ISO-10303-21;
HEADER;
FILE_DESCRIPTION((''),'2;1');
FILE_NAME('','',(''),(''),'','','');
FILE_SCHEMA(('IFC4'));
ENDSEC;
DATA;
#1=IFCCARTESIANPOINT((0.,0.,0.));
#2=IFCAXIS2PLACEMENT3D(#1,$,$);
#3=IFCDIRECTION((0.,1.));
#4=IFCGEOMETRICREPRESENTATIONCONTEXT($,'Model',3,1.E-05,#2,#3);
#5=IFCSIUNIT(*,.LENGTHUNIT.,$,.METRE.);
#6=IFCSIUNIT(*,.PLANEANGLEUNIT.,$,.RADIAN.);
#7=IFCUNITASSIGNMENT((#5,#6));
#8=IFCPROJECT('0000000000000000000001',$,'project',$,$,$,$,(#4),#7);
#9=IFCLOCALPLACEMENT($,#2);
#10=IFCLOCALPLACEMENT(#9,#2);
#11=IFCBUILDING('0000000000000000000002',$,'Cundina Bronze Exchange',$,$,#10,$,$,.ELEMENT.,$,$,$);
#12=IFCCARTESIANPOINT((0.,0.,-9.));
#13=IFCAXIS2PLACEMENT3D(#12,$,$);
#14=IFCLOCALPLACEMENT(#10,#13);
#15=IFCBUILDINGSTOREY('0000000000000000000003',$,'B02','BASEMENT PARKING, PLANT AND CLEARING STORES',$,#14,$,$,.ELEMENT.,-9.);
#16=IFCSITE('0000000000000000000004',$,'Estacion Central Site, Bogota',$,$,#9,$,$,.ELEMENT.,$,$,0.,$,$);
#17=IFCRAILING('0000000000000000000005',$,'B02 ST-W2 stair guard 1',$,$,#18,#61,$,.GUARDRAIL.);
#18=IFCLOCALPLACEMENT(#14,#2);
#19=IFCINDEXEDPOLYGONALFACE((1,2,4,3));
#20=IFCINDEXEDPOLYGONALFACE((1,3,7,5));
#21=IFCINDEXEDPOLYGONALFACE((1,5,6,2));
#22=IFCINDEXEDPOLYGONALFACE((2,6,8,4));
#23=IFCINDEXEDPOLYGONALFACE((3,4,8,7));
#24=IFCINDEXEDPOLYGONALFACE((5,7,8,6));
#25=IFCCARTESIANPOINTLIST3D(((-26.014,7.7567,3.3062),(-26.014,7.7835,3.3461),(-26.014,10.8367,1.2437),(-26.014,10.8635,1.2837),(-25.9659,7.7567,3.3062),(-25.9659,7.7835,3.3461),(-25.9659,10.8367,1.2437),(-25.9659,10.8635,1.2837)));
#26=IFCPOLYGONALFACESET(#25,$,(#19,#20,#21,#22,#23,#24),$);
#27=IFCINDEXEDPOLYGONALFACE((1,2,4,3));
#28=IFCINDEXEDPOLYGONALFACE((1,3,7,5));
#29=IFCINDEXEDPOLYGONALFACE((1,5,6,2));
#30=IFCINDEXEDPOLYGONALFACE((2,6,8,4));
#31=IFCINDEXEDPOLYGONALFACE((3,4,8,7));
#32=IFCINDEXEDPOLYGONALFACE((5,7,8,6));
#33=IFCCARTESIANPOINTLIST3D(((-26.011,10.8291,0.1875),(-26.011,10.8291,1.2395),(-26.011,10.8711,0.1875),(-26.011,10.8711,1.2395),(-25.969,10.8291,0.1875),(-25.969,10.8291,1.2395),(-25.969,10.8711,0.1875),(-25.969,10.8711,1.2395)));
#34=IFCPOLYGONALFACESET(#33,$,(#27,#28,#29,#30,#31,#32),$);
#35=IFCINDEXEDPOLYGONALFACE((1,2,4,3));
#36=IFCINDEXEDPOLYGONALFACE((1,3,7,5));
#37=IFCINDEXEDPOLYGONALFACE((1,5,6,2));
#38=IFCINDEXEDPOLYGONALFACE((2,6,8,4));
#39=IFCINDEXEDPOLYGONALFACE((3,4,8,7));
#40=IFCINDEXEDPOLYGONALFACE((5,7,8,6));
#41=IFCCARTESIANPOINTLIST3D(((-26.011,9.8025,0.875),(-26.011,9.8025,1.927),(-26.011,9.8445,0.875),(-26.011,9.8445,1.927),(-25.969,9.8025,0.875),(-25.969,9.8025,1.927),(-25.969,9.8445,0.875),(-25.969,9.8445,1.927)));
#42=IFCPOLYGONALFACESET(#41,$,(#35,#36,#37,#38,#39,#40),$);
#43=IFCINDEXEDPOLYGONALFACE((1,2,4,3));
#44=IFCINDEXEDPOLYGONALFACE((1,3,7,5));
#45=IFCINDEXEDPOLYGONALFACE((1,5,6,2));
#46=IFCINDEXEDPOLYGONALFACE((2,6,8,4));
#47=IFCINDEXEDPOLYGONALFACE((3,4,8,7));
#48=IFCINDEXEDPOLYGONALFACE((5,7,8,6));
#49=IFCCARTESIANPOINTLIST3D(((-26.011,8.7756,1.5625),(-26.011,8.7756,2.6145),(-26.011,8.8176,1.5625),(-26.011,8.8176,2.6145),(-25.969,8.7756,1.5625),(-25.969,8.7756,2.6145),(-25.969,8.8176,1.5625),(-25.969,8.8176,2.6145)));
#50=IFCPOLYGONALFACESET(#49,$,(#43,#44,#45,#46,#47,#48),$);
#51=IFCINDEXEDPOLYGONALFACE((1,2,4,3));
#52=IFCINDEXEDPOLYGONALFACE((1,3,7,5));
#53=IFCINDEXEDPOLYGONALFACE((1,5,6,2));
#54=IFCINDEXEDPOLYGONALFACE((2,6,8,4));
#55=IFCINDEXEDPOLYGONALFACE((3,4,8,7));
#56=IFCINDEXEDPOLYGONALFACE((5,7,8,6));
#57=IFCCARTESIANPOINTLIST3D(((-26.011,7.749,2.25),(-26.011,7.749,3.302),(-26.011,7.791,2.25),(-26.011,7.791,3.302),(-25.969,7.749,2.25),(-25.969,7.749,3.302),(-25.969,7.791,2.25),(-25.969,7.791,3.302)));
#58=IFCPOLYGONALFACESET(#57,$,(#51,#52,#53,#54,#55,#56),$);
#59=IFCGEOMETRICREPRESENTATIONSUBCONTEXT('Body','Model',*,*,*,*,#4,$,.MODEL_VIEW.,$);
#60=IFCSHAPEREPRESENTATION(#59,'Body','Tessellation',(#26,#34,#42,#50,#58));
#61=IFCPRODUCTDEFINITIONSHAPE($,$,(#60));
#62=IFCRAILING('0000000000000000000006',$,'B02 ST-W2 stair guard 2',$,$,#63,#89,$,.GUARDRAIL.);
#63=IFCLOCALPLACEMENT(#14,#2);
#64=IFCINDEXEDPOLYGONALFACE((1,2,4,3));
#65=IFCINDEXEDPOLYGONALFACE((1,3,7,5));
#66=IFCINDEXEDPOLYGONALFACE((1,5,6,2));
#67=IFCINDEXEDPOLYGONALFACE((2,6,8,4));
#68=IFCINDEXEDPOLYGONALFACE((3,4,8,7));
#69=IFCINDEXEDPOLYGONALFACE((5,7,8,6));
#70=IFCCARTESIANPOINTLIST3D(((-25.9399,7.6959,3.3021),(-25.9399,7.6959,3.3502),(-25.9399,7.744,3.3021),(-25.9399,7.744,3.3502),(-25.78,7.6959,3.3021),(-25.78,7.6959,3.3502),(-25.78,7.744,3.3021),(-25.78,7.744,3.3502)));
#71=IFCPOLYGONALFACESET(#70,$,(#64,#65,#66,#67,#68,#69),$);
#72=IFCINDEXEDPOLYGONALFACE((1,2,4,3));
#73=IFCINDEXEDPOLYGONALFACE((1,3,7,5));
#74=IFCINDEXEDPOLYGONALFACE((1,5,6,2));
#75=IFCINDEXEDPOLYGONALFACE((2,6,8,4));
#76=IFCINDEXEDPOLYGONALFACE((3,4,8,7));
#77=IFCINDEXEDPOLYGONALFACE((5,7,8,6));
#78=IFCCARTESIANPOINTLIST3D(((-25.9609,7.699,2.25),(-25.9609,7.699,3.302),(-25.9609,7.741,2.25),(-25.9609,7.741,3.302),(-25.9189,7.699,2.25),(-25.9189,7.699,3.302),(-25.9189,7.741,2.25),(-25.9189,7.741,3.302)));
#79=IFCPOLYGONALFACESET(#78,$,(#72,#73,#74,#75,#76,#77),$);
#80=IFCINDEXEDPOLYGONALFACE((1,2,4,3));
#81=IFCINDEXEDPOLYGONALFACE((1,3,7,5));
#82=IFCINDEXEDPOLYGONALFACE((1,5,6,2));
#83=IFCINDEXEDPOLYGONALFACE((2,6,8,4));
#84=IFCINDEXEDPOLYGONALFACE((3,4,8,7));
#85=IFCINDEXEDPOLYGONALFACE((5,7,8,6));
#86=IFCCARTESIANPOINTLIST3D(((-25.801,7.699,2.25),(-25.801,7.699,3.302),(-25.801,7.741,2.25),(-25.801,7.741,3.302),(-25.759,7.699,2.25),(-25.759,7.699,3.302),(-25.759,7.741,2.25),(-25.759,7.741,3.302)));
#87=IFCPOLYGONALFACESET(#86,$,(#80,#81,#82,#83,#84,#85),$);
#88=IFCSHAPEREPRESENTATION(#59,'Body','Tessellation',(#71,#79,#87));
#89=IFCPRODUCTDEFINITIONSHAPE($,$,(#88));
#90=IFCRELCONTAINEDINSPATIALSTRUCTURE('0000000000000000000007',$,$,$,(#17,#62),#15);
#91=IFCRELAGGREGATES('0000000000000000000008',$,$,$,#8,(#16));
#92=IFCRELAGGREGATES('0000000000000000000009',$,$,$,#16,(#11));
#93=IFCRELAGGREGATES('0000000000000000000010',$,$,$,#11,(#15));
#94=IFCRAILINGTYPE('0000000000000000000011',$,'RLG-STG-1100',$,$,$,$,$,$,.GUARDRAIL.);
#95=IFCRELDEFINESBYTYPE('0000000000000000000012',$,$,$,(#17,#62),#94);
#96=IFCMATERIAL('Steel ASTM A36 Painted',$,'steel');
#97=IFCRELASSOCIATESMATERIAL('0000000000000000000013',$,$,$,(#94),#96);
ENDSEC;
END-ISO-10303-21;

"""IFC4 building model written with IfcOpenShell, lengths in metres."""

from ifc_helpers import new_model, si_unit, direction, frame, origin, origin_2d, place, context, subcontext, project, spatial, rectangle, extrude, material, type_object, element, save


model = new_model("IFC4")

# Units and contexts
model_context = context("Model", 3, precision=1e-05, world=origin(), true_north=direction((0.0, 1.0)))
body_context = subcontext(model_context, "Body", "Model", "MODEL_VIEW")
ifc_project = project(units=[si_unit("LENGTHUNIT", "METRE"), si_unit("PLANEANGLEUNIT", "RADIAN")], contexts=[model_context])

# Site, building, storey
site_placement = place(None, origin())
site = spatial("IfcSite", under=ifc_project, at=site_placement, Name="Estacion Central Site, Bogota", CompositionType="ELEMENT", RefElevation=0.0)
building_placement = place(site_placement, origin())
building = spatial("IfcBuilding", under=site, at=building_placement, Name="Cundina Bronze Exchange", CompositionType="ELEMENT")
storey_placement = place(building_placement, frame((0.0, 0.0, -9.0)))
storey = spatial("IfcBuildingStorey", under=building, at=storey_placement, Name="B02", Description="BASEMENT PARKING, PLANT AND CLEARING STORES", CompositionType="ELEMENT", Elevation=-9.0)

# Shared definitions
ifc_material_1 = material(Name="Steel ASTM A36 Painted", Category="steel")

# Railings
railing_type_1 = type_object("IfcRailingType", Name="RLG-STG-1100", PredefinedType="GUARDRAIL", material=ifc_material_1)
railing_1_placement = place(storey_placement, frame((-25.99, 10.8501, 0.1875)))
element("IfcRailing", 1, at=railing_1_placement, inside=storey, type_object=railing_type_1, Name="B02 ST-W2 stair guard 1", PredefinedType="GUARDRAIL", context=body_context, shape_type="SweptSolid", body=[
    extrude(rectangle(XDim=0.0481, YDim=0.0481, at=origin_2d()), frame((0.0, 0.0, 1.0762), z_axis=(0.0, -0.830914, 0.556401), x_axis=(1.0, 0.0, 0.0)), (0.0, 0.0, 1.0), 3.7068),
    extrude(rectangle(XDim=0.042, YDim=0.042, at=origin_2d()), origin(), (0.0, 0.0, 1.0), 1.052),
    extrude(rectangle(XDim=0.042, YDim=0.042, at=origin_2d()), frame((0.0, -1.0266, 0.6875)), (0.0, 0.0, 1.0), 1.052),
    extrude(rectangle(XDim=0.042, YDim=0.042, at=origin_2d()), frame((0.0, -2.0535, 1.375)), (0.0, 0.0, 1.0), 1.052),
    extrude(rectangle(XDim=0.042, YDim=0.042, at=origin_2d()), frame((0.0, -3.0801, 2.0625)), (0.0, 0.0, 1.0), 1.052),
])
railing_2_placement = place(storey_placement, frame((-25.9399, 7.72, 2.25)))
element("IfcRailing", 2, at=railing_2_placement, inside=storey, type_object=railing_type_1, Name="B02 ST-W2 stair guard 2", PredefinedType="GUARDRAIL", context=body_context, shape_type="SweptSolid", body=[
    extrude(rectangle(XDim=0.0481, YDim=0.0481, at=origin_2d()), frame((0.0, 0.0, 1.0762), z_axis=(1.0, 0.0, 0.0), x_axis=(0.0, 1.0, 0.0)), (0.0, 0.0, 1.0), 0.1599),
    extrude(rectangle(XDim=0.042, YDim=0.042, at=origin_2d()), origin(), (0.0, 0.0, 1.0), 1.052),
    extrude(rectangle(XDim=0.042, YDim=0.042, at=origin_2d()), frame((0.1599, 0.0, 0.0)), (0.0, 0.0, 1.0), 1.052),
])

save(model, "model.ifc")
